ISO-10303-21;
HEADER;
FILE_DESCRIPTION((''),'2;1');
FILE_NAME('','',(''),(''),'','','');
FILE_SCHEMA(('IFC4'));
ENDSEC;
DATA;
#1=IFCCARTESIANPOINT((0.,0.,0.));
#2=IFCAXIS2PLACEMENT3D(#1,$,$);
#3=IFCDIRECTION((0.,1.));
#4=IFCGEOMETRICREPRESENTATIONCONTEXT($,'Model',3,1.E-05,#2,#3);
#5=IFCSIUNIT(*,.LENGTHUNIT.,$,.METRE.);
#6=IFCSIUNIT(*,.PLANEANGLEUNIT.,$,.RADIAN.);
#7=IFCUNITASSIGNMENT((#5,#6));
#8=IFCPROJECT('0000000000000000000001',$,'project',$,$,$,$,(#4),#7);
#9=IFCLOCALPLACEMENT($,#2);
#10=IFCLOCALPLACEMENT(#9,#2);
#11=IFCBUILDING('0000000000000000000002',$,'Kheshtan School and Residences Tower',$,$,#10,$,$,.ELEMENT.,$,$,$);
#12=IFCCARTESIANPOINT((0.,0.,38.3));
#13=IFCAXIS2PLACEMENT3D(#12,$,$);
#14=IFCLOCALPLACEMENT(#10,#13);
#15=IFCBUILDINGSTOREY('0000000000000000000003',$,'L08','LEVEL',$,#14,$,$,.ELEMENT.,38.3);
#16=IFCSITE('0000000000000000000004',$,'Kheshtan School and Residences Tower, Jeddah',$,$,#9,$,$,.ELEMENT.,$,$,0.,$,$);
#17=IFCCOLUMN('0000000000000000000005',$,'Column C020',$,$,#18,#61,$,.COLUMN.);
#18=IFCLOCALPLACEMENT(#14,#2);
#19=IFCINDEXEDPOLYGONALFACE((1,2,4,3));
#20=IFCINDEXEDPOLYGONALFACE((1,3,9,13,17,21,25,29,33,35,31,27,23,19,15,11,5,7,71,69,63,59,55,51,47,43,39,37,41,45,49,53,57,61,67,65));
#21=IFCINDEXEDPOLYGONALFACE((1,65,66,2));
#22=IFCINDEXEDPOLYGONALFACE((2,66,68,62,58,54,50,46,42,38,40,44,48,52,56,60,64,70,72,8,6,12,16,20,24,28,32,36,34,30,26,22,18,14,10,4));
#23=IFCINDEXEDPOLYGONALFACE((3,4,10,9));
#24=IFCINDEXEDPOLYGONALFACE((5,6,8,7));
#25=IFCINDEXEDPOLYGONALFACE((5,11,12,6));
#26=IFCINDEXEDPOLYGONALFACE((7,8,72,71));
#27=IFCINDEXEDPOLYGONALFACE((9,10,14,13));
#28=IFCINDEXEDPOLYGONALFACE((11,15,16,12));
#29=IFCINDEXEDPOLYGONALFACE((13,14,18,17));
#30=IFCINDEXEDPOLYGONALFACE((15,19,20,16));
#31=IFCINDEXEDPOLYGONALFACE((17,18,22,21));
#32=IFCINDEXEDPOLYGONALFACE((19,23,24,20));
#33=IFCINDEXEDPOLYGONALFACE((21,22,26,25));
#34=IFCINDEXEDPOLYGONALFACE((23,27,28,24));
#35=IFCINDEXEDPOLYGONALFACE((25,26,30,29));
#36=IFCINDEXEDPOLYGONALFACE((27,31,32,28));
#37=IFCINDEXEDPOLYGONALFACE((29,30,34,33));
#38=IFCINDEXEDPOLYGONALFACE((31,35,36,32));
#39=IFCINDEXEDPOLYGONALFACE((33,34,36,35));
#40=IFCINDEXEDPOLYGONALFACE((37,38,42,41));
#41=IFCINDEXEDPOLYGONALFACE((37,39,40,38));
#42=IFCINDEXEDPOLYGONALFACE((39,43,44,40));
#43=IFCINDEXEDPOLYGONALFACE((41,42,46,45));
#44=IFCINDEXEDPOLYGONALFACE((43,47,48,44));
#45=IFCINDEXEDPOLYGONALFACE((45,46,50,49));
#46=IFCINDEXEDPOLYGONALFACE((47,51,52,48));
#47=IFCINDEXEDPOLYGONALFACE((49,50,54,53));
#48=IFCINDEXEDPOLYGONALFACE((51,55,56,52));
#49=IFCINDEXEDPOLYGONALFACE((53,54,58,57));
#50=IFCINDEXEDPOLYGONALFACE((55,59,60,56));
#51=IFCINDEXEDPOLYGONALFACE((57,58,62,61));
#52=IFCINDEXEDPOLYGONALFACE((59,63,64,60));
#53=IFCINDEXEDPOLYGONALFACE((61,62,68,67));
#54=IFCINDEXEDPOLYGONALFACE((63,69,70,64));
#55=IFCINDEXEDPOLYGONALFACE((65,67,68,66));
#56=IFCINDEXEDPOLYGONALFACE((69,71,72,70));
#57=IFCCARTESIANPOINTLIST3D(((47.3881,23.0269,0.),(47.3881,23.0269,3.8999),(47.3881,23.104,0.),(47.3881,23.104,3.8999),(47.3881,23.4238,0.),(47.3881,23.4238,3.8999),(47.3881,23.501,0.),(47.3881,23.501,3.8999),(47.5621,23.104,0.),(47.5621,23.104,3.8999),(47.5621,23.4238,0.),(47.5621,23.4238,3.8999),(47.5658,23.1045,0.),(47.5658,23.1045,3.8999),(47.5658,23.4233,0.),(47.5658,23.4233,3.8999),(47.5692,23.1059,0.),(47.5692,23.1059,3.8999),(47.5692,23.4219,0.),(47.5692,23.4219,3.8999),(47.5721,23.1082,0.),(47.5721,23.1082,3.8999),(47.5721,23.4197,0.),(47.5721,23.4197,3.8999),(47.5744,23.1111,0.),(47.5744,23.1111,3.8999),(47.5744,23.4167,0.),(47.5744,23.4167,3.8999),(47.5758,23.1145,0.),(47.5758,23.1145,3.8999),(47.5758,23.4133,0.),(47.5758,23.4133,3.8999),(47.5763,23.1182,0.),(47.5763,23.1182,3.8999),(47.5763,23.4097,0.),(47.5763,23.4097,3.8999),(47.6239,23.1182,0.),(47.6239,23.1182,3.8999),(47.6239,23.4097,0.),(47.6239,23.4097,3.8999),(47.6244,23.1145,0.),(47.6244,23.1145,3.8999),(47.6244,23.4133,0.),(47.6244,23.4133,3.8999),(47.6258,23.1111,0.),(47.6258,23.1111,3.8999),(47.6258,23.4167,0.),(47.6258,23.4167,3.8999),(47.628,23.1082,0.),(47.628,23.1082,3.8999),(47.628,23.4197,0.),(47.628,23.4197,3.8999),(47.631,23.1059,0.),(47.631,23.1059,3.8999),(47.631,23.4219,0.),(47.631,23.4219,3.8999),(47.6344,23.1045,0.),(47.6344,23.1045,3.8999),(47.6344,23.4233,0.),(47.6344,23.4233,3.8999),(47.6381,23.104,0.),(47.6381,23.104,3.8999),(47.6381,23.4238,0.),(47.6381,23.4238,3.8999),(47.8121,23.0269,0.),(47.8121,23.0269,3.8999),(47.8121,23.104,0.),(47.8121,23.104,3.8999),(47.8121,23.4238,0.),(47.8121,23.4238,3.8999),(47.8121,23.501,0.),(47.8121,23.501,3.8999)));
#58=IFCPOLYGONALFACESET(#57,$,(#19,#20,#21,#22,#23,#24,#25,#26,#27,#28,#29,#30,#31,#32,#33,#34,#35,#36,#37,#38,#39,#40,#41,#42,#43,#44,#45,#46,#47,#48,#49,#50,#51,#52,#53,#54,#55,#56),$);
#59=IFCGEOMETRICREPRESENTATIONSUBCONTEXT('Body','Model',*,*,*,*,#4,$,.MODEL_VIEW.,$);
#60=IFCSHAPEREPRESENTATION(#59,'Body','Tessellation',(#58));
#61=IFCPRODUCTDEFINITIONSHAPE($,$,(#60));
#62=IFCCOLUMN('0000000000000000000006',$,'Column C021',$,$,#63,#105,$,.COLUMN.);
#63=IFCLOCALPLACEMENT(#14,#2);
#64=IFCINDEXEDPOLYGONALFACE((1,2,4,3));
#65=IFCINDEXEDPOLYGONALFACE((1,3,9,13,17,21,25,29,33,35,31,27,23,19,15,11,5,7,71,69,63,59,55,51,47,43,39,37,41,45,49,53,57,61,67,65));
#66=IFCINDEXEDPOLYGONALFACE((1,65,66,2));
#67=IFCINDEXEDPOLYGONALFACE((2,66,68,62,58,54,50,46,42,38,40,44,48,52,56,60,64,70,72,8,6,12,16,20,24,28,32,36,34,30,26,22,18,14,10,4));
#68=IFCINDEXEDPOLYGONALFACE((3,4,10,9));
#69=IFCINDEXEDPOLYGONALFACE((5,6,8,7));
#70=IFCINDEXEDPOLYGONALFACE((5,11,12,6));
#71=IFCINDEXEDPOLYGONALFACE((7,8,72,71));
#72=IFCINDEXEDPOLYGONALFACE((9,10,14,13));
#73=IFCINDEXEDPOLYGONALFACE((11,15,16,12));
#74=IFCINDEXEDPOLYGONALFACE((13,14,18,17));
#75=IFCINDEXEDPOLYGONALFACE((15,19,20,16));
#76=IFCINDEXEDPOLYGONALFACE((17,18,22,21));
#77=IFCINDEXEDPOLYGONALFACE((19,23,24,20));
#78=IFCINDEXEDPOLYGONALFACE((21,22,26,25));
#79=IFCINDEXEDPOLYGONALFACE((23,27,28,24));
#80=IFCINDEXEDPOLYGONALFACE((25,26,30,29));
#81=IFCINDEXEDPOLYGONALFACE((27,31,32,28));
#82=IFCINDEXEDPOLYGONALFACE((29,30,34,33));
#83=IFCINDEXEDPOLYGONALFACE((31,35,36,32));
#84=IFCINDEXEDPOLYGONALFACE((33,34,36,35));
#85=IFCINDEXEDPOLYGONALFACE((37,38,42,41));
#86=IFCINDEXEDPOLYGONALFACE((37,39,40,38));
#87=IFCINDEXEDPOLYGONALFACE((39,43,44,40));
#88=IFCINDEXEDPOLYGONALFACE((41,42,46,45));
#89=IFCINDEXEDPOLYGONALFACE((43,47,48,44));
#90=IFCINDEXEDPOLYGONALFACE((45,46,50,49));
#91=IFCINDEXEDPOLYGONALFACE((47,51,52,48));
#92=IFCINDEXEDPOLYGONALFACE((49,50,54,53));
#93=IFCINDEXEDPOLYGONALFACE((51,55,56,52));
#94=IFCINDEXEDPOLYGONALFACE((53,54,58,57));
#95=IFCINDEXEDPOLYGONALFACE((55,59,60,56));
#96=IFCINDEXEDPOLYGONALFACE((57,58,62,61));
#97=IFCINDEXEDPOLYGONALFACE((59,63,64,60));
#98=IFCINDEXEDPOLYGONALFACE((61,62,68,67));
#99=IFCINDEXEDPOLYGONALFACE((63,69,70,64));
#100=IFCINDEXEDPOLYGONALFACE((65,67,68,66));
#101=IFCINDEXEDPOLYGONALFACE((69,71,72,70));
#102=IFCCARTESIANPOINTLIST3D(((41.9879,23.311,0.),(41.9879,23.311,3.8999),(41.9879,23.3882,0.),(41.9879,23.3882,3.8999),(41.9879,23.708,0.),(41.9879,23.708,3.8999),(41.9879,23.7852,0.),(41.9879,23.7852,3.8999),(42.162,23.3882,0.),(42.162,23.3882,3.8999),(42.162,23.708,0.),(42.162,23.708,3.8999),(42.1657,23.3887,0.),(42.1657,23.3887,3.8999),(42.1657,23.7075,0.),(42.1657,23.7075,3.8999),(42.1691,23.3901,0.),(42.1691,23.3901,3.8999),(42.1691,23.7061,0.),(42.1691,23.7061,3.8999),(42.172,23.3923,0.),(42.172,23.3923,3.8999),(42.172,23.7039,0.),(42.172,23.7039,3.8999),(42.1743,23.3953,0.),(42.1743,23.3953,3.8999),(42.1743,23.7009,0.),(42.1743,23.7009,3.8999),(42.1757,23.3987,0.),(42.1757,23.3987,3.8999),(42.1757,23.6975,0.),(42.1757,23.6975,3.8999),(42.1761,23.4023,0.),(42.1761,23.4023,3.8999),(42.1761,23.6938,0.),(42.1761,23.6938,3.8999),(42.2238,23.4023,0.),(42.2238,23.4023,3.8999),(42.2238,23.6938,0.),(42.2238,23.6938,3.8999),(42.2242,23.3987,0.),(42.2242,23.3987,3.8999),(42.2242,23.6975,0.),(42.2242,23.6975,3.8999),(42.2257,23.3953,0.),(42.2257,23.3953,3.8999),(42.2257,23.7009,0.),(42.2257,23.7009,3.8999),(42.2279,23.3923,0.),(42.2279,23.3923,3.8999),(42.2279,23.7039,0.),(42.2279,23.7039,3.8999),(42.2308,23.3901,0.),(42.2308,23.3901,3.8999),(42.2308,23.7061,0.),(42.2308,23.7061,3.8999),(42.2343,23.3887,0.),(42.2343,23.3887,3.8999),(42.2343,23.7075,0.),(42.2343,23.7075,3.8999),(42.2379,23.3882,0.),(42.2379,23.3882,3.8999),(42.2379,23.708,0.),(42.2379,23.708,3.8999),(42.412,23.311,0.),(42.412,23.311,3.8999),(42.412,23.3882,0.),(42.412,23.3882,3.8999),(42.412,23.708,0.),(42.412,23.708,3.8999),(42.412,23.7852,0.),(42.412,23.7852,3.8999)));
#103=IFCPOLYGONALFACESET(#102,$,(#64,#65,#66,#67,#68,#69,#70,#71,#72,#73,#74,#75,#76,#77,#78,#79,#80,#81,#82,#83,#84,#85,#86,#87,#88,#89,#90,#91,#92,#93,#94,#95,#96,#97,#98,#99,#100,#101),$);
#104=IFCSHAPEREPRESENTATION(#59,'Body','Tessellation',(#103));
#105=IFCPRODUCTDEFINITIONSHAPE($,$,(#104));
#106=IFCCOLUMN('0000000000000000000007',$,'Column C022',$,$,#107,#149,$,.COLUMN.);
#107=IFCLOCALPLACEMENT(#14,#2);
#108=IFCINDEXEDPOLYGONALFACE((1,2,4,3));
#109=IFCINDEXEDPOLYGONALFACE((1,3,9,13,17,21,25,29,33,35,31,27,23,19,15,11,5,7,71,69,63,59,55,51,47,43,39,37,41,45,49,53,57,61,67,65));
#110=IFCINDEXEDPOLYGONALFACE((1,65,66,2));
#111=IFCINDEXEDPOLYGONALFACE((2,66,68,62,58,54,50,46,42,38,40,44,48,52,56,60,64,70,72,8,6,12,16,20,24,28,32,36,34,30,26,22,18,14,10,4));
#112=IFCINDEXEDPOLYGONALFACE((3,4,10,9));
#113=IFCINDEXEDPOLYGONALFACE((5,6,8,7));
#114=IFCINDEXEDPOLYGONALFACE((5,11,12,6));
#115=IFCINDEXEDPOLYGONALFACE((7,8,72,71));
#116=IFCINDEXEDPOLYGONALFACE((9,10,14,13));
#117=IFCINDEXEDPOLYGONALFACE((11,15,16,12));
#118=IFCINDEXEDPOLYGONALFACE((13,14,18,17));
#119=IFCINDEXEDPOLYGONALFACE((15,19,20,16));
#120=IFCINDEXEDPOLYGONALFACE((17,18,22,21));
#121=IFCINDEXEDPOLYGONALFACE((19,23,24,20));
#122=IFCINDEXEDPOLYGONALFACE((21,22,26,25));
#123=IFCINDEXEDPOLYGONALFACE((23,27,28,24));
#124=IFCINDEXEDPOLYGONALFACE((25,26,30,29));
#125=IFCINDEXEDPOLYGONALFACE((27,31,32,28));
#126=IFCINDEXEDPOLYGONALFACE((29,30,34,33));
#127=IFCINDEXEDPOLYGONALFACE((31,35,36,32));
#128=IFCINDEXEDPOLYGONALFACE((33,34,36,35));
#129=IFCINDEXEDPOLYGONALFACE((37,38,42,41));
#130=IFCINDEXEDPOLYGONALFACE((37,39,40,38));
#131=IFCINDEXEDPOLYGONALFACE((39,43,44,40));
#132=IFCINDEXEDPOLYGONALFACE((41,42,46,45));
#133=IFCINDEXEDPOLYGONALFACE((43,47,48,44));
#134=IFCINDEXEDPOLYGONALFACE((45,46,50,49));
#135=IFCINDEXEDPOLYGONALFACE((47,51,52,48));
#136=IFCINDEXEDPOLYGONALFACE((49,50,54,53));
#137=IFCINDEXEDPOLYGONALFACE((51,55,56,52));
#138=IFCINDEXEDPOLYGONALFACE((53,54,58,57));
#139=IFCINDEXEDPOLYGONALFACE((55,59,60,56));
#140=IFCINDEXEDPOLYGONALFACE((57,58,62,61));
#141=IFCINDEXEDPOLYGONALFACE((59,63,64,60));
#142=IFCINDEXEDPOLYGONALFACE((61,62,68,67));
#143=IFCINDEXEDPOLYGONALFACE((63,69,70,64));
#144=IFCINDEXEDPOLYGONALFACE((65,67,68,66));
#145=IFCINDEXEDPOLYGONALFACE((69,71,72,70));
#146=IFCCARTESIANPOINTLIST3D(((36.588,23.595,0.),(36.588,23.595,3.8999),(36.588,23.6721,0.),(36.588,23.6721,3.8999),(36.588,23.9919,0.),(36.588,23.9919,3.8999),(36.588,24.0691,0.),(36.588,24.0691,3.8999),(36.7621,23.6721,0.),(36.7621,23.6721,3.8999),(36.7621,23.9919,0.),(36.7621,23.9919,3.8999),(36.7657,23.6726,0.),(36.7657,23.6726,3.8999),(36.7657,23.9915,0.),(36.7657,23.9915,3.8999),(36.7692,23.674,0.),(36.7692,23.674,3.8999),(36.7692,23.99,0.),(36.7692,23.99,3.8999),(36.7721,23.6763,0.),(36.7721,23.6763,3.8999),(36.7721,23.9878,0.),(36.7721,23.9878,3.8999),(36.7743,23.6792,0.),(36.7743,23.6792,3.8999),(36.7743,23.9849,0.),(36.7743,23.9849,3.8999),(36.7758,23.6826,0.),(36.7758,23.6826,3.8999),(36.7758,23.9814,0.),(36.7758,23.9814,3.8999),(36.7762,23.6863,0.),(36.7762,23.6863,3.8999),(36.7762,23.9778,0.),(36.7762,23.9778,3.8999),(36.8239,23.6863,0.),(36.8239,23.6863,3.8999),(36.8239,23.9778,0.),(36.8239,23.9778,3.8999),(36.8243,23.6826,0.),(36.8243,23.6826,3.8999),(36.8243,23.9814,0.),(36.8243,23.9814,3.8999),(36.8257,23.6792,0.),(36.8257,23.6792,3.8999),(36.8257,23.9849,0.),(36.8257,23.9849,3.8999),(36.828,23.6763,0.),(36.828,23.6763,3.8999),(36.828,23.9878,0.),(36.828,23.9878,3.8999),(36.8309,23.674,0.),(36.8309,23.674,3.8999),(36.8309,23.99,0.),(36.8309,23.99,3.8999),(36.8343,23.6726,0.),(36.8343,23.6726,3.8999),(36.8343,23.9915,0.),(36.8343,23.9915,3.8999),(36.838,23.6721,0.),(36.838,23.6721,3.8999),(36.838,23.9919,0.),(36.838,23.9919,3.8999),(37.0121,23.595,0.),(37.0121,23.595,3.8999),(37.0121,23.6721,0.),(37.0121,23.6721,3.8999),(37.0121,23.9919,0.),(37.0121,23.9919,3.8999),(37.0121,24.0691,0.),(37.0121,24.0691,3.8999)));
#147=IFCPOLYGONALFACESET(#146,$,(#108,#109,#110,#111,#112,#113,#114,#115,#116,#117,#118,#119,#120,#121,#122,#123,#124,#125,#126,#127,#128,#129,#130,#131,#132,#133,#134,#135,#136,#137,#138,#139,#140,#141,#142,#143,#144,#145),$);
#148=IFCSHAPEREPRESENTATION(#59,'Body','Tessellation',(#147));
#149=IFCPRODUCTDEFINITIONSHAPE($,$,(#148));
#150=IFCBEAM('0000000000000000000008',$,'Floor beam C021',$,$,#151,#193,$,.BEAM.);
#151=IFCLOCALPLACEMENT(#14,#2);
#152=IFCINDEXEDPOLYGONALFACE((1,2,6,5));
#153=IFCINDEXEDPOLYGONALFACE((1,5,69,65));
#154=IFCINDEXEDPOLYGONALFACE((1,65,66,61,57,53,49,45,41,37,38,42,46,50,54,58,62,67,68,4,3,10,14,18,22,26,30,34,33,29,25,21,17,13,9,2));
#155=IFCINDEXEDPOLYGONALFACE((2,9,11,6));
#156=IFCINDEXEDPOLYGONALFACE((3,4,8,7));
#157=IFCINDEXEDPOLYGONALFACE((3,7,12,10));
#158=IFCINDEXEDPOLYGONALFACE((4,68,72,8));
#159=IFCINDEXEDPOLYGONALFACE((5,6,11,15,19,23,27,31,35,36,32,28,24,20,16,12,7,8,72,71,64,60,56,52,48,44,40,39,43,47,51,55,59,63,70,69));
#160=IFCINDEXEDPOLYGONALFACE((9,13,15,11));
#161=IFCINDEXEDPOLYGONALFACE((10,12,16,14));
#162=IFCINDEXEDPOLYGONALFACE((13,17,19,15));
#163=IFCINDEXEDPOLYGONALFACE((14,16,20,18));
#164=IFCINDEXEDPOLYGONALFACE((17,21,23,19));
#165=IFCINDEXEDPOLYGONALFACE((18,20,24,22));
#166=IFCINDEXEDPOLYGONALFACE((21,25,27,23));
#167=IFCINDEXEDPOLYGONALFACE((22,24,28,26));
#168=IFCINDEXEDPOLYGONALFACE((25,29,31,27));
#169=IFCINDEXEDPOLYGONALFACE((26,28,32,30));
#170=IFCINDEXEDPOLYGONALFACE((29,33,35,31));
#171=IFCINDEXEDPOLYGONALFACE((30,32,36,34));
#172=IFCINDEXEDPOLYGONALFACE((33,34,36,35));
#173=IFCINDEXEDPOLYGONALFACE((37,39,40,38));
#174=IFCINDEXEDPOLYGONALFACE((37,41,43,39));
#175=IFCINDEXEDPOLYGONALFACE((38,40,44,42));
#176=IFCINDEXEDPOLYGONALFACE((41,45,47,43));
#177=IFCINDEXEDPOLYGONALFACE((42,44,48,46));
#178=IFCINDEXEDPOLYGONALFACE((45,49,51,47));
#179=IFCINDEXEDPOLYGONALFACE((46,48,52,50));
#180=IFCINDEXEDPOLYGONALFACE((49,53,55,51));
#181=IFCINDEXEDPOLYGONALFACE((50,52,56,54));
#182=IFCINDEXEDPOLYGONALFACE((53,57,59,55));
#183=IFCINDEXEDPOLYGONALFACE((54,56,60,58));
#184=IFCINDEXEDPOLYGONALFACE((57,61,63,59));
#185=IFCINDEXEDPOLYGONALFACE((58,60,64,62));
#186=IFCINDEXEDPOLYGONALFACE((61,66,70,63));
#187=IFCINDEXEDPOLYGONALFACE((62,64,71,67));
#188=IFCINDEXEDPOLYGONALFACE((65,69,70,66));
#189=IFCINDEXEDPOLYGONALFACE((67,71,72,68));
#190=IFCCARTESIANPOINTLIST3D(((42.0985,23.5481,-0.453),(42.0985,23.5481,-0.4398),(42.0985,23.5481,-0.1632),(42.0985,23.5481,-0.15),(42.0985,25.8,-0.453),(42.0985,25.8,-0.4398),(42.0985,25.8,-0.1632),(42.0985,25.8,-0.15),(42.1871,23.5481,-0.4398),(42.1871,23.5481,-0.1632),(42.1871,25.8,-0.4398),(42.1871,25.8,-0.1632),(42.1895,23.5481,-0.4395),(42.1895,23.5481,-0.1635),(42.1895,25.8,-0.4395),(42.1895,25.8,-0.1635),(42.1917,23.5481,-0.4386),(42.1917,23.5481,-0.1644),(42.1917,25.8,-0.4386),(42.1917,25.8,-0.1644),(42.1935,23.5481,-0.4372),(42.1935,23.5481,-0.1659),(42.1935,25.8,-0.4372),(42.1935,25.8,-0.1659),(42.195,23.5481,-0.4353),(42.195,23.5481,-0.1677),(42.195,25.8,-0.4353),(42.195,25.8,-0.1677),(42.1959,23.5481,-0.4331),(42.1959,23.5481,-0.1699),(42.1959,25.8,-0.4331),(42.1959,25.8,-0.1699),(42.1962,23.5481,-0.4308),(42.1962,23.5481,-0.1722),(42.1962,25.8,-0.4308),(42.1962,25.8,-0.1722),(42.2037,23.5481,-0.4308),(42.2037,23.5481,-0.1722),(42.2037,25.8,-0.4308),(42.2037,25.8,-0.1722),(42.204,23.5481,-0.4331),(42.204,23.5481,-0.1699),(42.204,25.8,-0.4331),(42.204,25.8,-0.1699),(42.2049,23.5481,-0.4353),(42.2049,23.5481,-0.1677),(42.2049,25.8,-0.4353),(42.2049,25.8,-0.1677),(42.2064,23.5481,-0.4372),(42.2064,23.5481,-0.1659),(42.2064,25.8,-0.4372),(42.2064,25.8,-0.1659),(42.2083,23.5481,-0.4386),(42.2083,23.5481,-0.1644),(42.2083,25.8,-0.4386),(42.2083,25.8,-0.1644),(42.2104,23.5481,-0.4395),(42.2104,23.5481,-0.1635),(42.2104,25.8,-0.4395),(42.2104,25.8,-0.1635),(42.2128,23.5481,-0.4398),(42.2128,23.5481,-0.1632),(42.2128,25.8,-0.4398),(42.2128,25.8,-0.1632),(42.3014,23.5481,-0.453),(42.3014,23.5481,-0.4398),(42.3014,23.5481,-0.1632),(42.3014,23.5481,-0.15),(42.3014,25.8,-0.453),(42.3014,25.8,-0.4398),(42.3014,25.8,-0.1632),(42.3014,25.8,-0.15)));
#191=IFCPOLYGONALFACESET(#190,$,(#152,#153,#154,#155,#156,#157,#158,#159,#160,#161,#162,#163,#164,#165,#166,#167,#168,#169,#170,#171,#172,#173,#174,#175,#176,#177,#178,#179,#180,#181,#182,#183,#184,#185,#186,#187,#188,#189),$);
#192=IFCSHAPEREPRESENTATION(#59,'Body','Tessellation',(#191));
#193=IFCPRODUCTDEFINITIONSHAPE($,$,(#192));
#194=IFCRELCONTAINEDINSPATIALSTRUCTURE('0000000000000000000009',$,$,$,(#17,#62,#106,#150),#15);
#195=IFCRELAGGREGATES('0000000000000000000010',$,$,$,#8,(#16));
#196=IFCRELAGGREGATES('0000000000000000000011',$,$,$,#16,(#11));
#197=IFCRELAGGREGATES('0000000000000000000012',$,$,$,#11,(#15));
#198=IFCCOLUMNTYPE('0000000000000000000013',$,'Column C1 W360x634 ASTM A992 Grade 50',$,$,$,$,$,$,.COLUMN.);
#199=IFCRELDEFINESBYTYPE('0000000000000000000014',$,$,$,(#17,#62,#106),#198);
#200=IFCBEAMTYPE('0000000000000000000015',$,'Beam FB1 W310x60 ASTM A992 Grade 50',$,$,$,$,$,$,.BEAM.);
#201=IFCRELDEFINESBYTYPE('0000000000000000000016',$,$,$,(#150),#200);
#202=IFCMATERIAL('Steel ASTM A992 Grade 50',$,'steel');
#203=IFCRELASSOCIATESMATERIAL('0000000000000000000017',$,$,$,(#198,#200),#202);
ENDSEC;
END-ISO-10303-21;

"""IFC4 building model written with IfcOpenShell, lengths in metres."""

from ifc_helpers import new_model, si_unit, direction, frame, origin, origin_2d, place, context, subcontext, project, spatial, i_section, extrude, material, material_profile, profile_set, type_object, element, save


model = new_model("IFC4")

# Units and contexts
model_context = context("Model", 3, precision=1e-05, world=origin(), true_north=direction((0.0, 1.0)))
body_context = subcontext(model_context, "Body", "Model", "MODEL_VIEW")
ifc_project = project(units=[si_unit("LENGTHUNIT", "METRE"), si_unit("PLANEANGLEUNIT", "RADIAN")], contexts=[model_context])

# Site, building, storey
site_placement = place(None, origin())
site = spatial("IfcSite", under=ifc_project, at=site_placement, Name="Kheshtan School and Residences Tower, Jeddah", CompositionType="ELEMENT", RefElevation=0.0)
building_placement = place(site_placement, origin())
building = spatial("IfcBuilding", under=site, at=building_placement, Name="Kheshtan School and Residences Tower", CompositionType="ELEMENT")
storey_placement = place(building_placement, frame((0.0, 0.0, 38.3)))
storey = spatial("IfcBuildingStorey", under=building, at=storey_placement, Name="L08", Description="LEVEL", CompositionType="ELEMENT", Elevation=38.3)

# Columns
ifc_material_1 = material(Name="Steel ASTM A992 Grade 50", Category="steel")
ifc_material_profile_1 = material_profile(ifc_material_1, i_section(OverallWidth=0.4241, OverallDepth=0.4741, WebThickness=0.0476, FlangeThickness=0.0771, FilletRadius=0.0142, at=origin_2d()), Name="W360x634")
ifc_profile_set_1 = profile_set([ifc_material_profile_1], Name="Steel ASTM A992 Grade 50")
column_type = type_object("IfcColumnType", Name="Column C1 W360x634 ASTM A992 Grade 50", PredefinedType="COLUMN", material=ifc_profile_set_1)
for number, where, z_axis, x_axis, name in (
    (1, (47.6001, 23.2639, 0.0), (0.0, 0.0, 1.0), (1.0, 0.0, 0.0), "Column C020"),
    (2, (42.2, 23.5481, 0.0), (0.0, 0.0, 1.0), (1.0, 0.0, 0.0), "Column C021"),
    (3, (36.8, 23.832, 0.0), (0.0, 0.0, 1.0), (1.0, 0.0, 0.0), "Column C022"),
):
    element("IfcColumn", number, at=place(storey_placement, frame(where, z_axis=z_axis, x_axis=x_axis)), inside=storey, type_object=column_type, Name=name, PredefinedType="COLUMN", context=body_context, shape_type="SweptSolid", body=[
        extrude(i_section(OverallWidth=0.4241, OverallDepth=0.4741, WebThickness=0.0476, FlangeThickness=0.0771, FilletRadius=0.0142, at=origin_2d()), origin(), (0.0, 0.0, 1.0), 3.8999),
    ])

# Beam
ifc_material_profile_2 = material_profile(ifc_material_1, i_section(OverallWidth=0.2029, OverallDepth=0.303, WebThickness=0.0076, FlangeThickness=0.0132, FilletRadius=0.009, at=origin_2d()), Name="W310x60")
ifc_profile_set_2 = profile_set([ifc_material_profile_2], Name="Steel ASTM A992 Grade 50")
beam_type_1 = type_object("IfcBeamType", Name="Beam FB1 W310x60 ASTM A992 Grade 50", PredefinedType="BEAM", material=ifc_profile_set_2)
beam_1_placement = place(storey_placement, frame((42.2, 23.5481, -0.3015), z_axis=(0.0, 1.0, 0.0), x_axis=(-1.0, 0.0, 0.0)))
element("IfcBeam", 4, at=beam_1_placement, inside=storey, type_object=beam_type_1, Name="Floor beam C021", PredefinedType="BEAM", context=body_context, shape_type="SweptSolid", body=[
    extrude(i_section(OverallWidth=0.2029, OverallDepth=0.303, WebThickness=0.0076, FlangeThickness=0.0132, FilletRadius=0.009, at=origin_2d()), origin(), (0.0, 0.0, 1.0), 2.252),
])

save(model, "model.ifc")
